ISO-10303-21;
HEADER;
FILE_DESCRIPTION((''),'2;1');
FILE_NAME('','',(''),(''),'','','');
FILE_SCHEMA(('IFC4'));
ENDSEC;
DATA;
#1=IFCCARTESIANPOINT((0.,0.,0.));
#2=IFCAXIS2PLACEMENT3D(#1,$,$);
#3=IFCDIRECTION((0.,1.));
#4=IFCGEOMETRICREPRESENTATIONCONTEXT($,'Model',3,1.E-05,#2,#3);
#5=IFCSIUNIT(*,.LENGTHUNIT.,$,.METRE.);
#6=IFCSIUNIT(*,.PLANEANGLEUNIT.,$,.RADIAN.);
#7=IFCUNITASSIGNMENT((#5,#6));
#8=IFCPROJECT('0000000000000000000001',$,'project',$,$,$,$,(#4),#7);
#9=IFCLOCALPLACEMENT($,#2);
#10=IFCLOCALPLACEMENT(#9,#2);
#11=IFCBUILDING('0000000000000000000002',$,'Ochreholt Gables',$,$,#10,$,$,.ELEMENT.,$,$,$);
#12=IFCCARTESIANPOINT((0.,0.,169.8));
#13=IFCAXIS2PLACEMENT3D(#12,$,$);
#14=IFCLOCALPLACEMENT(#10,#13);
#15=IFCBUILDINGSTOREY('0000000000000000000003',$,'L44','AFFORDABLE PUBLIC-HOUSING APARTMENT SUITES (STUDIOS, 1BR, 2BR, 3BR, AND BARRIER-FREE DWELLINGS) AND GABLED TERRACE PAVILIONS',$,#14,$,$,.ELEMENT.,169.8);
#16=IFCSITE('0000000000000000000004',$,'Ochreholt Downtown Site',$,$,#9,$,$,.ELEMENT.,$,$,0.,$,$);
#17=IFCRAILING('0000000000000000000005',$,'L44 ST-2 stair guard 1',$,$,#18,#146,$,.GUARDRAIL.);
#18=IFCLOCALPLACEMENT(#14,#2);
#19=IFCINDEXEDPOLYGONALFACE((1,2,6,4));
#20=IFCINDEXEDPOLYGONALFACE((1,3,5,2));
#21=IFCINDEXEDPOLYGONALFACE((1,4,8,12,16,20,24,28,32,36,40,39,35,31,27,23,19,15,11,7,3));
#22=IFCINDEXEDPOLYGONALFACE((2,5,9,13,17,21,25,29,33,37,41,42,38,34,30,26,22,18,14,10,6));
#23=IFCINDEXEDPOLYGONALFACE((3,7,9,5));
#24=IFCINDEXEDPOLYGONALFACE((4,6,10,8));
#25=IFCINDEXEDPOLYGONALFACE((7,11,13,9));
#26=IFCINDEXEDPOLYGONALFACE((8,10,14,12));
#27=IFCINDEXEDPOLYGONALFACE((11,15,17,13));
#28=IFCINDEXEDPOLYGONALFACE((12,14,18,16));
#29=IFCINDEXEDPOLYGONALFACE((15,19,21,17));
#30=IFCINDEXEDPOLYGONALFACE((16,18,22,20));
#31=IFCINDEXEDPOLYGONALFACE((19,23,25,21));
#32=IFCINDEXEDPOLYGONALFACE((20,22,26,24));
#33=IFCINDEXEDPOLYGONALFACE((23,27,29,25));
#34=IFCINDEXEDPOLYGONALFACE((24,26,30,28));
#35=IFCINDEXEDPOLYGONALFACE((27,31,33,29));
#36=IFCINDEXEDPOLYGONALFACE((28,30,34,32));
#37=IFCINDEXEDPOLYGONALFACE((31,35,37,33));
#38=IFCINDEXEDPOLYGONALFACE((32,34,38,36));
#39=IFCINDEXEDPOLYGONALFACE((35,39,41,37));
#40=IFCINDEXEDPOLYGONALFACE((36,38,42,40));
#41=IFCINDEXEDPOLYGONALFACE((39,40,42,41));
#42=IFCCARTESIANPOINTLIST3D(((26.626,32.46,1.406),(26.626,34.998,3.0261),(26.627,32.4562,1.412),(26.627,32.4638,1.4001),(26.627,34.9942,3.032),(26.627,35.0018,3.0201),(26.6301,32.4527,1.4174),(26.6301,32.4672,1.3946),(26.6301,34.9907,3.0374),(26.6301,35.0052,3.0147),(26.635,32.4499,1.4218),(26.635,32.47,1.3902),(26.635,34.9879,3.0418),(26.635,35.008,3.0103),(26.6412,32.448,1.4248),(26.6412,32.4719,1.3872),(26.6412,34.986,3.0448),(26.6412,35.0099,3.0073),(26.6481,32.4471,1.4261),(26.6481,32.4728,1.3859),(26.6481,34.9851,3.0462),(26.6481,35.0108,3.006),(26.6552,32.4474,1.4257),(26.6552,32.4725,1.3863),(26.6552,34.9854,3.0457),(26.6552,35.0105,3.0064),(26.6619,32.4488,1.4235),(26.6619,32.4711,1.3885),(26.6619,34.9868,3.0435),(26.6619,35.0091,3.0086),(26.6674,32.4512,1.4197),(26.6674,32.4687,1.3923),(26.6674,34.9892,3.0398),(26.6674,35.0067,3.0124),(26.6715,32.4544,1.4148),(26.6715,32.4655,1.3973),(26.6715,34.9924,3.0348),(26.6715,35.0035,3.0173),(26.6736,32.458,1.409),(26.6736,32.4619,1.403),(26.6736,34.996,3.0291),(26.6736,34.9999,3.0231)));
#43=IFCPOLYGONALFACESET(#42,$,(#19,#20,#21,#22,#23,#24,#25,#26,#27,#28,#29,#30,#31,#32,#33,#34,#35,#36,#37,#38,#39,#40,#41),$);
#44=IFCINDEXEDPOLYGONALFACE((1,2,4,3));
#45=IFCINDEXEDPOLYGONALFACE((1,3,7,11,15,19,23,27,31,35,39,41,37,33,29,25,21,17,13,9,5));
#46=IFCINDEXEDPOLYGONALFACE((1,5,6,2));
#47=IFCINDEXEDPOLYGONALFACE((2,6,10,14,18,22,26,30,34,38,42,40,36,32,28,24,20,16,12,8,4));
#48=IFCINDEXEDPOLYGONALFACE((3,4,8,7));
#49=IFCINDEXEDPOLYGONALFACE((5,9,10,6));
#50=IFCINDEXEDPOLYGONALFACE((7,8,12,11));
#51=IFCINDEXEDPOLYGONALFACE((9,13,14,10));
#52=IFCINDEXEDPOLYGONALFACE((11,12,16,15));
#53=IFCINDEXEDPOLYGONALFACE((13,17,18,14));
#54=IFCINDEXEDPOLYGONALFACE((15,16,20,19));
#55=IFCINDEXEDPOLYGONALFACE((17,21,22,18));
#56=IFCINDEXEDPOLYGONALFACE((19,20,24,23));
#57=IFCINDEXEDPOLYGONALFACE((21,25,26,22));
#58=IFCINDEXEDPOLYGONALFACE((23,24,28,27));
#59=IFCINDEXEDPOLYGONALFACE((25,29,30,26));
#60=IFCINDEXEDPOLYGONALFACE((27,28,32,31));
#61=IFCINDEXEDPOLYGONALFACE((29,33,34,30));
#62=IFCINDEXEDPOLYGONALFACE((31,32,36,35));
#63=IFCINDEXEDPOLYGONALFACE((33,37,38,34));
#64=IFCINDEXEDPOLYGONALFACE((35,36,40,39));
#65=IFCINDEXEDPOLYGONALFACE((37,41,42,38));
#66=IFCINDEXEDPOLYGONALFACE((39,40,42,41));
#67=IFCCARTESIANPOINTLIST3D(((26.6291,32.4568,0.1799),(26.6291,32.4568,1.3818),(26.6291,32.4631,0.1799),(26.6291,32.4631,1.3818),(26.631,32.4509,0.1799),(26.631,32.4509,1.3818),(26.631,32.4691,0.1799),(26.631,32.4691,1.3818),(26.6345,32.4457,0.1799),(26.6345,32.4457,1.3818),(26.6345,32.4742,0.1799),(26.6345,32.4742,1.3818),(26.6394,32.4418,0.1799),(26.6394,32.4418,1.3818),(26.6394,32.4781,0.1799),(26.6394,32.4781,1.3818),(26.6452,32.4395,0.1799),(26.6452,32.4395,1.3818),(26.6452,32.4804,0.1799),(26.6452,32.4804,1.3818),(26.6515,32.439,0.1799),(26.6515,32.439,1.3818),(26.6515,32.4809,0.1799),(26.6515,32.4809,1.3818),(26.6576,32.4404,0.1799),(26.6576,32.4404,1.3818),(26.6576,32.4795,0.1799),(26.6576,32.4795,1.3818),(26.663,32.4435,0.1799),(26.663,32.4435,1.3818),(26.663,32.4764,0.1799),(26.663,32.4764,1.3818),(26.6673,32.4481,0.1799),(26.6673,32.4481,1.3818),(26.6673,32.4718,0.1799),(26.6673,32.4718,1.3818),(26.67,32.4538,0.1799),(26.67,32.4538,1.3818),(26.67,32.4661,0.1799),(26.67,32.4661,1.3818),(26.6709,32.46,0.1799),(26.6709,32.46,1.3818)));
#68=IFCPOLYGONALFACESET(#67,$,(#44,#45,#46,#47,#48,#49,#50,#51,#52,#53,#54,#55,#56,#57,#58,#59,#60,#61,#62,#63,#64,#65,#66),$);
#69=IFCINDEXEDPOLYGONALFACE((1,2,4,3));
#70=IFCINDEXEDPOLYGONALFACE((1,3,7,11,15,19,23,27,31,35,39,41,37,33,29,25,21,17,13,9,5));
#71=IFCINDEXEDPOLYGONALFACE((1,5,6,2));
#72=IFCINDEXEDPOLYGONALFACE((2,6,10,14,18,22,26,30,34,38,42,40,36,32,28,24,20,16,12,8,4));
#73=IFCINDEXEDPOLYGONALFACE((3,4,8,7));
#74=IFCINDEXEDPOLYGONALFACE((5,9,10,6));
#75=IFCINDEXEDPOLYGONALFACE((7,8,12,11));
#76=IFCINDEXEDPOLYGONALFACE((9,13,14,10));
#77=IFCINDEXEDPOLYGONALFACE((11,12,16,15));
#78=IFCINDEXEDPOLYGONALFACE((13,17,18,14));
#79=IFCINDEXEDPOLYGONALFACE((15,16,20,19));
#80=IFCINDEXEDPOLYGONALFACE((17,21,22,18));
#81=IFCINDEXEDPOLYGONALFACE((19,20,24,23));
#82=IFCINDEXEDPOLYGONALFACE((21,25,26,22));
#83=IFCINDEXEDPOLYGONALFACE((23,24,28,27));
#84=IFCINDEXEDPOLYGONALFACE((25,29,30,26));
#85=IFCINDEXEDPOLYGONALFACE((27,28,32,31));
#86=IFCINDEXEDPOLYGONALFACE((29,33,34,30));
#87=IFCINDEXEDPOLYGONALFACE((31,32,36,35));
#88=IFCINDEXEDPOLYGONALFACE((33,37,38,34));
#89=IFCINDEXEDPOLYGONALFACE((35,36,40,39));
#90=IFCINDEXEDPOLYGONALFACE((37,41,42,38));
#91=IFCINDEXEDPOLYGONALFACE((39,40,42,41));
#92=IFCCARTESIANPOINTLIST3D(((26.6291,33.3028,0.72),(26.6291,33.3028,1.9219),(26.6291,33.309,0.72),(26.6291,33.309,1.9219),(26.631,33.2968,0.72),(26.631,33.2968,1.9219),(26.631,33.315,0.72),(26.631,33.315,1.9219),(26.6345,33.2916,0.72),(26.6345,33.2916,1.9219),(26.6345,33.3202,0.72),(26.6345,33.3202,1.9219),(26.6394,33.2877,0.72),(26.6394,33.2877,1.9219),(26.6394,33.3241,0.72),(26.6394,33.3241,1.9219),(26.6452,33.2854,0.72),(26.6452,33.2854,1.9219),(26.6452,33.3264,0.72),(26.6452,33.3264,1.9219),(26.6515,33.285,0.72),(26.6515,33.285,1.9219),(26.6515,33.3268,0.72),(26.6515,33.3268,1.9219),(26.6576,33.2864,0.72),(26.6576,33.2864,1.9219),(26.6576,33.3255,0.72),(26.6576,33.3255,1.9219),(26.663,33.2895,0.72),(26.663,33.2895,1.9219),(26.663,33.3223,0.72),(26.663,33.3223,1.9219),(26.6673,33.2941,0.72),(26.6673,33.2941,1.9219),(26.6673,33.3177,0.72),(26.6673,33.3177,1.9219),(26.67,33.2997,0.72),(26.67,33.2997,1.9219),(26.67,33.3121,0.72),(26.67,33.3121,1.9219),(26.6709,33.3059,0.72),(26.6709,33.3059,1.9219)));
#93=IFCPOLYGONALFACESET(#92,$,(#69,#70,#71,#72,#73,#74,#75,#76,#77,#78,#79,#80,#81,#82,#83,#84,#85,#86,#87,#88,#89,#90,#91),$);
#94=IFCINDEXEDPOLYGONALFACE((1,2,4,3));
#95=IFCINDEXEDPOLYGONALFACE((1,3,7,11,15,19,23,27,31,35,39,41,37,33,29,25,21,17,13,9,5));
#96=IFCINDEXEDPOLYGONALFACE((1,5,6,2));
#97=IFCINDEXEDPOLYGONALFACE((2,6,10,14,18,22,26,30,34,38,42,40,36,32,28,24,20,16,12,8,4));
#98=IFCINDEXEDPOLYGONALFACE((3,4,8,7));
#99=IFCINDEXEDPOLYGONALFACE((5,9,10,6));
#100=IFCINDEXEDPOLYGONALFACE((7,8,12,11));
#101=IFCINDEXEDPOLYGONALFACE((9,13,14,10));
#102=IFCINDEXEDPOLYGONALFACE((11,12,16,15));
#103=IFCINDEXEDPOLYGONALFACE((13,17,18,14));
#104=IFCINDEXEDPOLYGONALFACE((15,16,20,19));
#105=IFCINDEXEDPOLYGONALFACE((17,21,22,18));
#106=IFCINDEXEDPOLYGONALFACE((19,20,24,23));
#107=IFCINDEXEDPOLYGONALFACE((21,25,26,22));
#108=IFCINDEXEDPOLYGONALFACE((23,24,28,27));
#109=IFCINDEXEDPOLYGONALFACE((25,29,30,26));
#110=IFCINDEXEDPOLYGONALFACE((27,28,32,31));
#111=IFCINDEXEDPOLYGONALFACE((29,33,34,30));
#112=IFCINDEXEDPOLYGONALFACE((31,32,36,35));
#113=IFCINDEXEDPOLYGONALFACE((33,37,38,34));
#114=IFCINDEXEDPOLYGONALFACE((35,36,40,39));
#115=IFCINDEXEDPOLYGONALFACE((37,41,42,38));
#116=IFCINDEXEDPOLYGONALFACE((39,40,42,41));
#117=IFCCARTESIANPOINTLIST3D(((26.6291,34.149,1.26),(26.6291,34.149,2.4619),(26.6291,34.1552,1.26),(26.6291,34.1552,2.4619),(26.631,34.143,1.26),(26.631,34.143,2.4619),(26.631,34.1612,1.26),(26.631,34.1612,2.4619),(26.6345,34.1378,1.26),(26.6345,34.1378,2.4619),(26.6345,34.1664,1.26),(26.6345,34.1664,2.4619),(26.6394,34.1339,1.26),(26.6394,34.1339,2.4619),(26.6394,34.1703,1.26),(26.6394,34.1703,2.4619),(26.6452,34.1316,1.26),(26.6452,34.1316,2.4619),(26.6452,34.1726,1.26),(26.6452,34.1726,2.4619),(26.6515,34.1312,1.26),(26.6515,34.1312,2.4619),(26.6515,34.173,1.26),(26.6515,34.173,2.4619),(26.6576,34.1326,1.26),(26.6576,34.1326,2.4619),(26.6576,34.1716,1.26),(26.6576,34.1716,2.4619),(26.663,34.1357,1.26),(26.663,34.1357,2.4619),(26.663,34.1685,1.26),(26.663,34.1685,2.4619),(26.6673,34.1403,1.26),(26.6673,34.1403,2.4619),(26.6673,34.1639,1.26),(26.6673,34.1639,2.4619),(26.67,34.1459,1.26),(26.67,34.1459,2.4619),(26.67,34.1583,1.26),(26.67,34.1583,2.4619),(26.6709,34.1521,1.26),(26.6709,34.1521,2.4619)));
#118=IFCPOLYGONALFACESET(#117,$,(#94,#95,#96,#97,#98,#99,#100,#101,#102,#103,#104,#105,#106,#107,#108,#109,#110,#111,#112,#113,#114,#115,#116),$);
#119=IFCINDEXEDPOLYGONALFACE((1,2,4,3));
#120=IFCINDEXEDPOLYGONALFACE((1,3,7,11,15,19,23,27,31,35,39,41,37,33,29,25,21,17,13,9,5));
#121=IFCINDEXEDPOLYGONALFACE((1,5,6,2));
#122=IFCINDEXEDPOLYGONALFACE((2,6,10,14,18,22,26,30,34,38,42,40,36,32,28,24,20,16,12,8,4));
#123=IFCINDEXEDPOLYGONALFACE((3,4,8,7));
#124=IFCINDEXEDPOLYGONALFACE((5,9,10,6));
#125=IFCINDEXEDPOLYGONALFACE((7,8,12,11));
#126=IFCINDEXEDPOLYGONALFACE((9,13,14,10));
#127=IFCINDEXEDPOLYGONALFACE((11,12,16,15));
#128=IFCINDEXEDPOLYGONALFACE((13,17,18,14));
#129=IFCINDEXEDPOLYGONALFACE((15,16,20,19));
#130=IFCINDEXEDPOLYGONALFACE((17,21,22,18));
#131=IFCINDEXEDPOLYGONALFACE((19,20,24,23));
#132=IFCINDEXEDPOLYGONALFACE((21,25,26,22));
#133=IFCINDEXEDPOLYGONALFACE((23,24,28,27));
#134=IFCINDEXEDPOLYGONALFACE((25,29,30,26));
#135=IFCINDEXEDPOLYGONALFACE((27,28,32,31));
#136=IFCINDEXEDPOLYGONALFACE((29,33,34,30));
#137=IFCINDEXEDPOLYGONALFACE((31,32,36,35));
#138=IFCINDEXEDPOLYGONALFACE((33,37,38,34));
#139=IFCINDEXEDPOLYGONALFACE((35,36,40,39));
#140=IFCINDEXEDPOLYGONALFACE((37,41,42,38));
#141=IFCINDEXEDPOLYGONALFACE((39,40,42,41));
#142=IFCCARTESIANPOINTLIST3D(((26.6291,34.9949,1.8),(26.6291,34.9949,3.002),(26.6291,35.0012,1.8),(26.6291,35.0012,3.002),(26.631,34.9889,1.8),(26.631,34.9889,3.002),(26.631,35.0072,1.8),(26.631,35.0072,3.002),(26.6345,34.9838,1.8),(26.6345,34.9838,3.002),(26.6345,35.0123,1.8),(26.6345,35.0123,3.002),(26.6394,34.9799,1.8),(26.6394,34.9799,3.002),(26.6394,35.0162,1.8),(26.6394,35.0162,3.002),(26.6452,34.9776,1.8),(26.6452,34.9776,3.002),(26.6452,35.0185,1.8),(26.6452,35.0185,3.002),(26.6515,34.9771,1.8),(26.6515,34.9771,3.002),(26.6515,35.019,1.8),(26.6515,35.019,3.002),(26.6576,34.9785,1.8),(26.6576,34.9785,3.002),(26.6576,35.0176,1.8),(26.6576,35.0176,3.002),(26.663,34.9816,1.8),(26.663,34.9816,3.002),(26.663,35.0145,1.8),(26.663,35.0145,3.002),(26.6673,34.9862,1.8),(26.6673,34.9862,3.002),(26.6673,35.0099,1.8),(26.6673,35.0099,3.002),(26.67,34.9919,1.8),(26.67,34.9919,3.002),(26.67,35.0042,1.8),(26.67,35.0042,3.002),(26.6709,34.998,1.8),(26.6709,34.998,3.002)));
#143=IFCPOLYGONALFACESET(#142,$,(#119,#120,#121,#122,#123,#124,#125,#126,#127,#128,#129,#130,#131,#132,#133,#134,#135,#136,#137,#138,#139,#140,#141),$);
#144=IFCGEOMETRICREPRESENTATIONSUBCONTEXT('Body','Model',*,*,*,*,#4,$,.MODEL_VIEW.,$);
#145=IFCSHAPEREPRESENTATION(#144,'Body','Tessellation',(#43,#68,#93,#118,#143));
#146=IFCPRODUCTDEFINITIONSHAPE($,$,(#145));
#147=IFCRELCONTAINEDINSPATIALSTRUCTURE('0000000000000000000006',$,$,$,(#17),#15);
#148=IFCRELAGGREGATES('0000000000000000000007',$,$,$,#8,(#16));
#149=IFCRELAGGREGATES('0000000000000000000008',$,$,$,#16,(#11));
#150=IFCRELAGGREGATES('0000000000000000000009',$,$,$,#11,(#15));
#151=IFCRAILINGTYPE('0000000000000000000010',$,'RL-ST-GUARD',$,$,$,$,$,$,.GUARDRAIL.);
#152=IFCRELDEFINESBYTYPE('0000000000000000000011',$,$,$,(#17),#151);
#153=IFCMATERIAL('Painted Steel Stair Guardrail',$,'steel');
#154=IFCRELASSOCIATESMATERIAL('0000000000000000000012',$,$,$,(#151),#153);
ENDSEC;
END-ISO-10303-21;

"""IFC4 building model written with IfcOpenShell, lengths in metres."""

from ifc_helpers import new_model, si_unit, direction, frame, origin, origin_2d, place, context, subcontext, project, spatial, circle, extrude, material, type_object, element, save


model = new_model("IFC4")

# Units and contexts
model_context = context("Model", 3, precision=1e-05, world=origin(), true_north=direction((0.0, 1.0)))
body_context = subcontext(model_context, "Body", "Model", "MODEL_VIEW")
ifc_project = project(units=[si_unit("LENGTHUNIT", "METRE"), si_unit("PLANEANGLEUNIT", "RADIAN")], contexts=[model_context])

# Site, building, storey
site_placement = place(None, origin())
site = spatial("IfcSite", under=ifc_project, at=site_placement, Name="Ochreholt Downtown Site", CompositionType="ELEMENT", RefElevation=0.0)
building_placement = place(site_placement, origin())
building = spatial("IfcBuilding", under=site, at=building_placement, Name="Ochreholt Gables", CompositionType="ELEMENT")
storey_placement = place(building_placement, frame((0.0, 0.0, 169.8)))
storey = spatial("IfcBuildingStorey", under=building, at=storey_placement, Name="L44", Description="AFFORDABLE PUBLIC-HOUSING APARTMENT SUITES (STUDIOS, 1BR, 2BR, 3BR, AND BARRIER-FREE DWELLINGS) AND GABLED TERRACE PAVILIONS", CompositionType="ELEMENT", Elevation=169.8)

# Railing
ifc_material_1 = material(Name="Painted Steel Stair Guardrail", Category="steel")
railing_type = type_object("IfcRailingType", Name="RL-ST-GUARD", PredefinedType="GUARDRAIL", material=ifc_material_1)
railing_1_placement = place(storey_placement, frame((26.6499, 32.46, 0.1799)))
element("IfcRailing", 1, at=railing_1_placement, inside=storey, type_object=railing_type, Name="L44 ST-2 stair guard 1", PredefinedType="GUARDRAIL", context=body_context, shape_type="SweptSolid", body=[
    extrude(circle(Radius=0.0239, at=origin_2d()), frame((0.0, 0.0, 1.2261), z_axis=(0.0, 0.842913, 0.53805), x_axis=(-1.0, 0.0, 0.0)), (0.0, 0.0, 1.0), 3.011),
    extrude(circle(Radius=0.021, at=origin_2d()), origin(), (0.0, 0.0, 1.0), 1.2019),
    extrude(circle(Radius=0.021, at=origin_2d()), frame((0.0, 0.8459, 0.54)), (0.0, 0.0, 1.0), 1.2019),
    extrude(circle(Radius=0.021, at=origin_2d()), frame((0.0, 1.6921, 1.0801)), (0.0, 0.0, 1.0), 1.2019),
    extrude(circle(Radius=0.021, at=origin_2d()), frame((0.0, 2.5381, 1.6201)), (0.0, 0.0, 1.0), 1.2019),
])

save(model, "model.ifc")
